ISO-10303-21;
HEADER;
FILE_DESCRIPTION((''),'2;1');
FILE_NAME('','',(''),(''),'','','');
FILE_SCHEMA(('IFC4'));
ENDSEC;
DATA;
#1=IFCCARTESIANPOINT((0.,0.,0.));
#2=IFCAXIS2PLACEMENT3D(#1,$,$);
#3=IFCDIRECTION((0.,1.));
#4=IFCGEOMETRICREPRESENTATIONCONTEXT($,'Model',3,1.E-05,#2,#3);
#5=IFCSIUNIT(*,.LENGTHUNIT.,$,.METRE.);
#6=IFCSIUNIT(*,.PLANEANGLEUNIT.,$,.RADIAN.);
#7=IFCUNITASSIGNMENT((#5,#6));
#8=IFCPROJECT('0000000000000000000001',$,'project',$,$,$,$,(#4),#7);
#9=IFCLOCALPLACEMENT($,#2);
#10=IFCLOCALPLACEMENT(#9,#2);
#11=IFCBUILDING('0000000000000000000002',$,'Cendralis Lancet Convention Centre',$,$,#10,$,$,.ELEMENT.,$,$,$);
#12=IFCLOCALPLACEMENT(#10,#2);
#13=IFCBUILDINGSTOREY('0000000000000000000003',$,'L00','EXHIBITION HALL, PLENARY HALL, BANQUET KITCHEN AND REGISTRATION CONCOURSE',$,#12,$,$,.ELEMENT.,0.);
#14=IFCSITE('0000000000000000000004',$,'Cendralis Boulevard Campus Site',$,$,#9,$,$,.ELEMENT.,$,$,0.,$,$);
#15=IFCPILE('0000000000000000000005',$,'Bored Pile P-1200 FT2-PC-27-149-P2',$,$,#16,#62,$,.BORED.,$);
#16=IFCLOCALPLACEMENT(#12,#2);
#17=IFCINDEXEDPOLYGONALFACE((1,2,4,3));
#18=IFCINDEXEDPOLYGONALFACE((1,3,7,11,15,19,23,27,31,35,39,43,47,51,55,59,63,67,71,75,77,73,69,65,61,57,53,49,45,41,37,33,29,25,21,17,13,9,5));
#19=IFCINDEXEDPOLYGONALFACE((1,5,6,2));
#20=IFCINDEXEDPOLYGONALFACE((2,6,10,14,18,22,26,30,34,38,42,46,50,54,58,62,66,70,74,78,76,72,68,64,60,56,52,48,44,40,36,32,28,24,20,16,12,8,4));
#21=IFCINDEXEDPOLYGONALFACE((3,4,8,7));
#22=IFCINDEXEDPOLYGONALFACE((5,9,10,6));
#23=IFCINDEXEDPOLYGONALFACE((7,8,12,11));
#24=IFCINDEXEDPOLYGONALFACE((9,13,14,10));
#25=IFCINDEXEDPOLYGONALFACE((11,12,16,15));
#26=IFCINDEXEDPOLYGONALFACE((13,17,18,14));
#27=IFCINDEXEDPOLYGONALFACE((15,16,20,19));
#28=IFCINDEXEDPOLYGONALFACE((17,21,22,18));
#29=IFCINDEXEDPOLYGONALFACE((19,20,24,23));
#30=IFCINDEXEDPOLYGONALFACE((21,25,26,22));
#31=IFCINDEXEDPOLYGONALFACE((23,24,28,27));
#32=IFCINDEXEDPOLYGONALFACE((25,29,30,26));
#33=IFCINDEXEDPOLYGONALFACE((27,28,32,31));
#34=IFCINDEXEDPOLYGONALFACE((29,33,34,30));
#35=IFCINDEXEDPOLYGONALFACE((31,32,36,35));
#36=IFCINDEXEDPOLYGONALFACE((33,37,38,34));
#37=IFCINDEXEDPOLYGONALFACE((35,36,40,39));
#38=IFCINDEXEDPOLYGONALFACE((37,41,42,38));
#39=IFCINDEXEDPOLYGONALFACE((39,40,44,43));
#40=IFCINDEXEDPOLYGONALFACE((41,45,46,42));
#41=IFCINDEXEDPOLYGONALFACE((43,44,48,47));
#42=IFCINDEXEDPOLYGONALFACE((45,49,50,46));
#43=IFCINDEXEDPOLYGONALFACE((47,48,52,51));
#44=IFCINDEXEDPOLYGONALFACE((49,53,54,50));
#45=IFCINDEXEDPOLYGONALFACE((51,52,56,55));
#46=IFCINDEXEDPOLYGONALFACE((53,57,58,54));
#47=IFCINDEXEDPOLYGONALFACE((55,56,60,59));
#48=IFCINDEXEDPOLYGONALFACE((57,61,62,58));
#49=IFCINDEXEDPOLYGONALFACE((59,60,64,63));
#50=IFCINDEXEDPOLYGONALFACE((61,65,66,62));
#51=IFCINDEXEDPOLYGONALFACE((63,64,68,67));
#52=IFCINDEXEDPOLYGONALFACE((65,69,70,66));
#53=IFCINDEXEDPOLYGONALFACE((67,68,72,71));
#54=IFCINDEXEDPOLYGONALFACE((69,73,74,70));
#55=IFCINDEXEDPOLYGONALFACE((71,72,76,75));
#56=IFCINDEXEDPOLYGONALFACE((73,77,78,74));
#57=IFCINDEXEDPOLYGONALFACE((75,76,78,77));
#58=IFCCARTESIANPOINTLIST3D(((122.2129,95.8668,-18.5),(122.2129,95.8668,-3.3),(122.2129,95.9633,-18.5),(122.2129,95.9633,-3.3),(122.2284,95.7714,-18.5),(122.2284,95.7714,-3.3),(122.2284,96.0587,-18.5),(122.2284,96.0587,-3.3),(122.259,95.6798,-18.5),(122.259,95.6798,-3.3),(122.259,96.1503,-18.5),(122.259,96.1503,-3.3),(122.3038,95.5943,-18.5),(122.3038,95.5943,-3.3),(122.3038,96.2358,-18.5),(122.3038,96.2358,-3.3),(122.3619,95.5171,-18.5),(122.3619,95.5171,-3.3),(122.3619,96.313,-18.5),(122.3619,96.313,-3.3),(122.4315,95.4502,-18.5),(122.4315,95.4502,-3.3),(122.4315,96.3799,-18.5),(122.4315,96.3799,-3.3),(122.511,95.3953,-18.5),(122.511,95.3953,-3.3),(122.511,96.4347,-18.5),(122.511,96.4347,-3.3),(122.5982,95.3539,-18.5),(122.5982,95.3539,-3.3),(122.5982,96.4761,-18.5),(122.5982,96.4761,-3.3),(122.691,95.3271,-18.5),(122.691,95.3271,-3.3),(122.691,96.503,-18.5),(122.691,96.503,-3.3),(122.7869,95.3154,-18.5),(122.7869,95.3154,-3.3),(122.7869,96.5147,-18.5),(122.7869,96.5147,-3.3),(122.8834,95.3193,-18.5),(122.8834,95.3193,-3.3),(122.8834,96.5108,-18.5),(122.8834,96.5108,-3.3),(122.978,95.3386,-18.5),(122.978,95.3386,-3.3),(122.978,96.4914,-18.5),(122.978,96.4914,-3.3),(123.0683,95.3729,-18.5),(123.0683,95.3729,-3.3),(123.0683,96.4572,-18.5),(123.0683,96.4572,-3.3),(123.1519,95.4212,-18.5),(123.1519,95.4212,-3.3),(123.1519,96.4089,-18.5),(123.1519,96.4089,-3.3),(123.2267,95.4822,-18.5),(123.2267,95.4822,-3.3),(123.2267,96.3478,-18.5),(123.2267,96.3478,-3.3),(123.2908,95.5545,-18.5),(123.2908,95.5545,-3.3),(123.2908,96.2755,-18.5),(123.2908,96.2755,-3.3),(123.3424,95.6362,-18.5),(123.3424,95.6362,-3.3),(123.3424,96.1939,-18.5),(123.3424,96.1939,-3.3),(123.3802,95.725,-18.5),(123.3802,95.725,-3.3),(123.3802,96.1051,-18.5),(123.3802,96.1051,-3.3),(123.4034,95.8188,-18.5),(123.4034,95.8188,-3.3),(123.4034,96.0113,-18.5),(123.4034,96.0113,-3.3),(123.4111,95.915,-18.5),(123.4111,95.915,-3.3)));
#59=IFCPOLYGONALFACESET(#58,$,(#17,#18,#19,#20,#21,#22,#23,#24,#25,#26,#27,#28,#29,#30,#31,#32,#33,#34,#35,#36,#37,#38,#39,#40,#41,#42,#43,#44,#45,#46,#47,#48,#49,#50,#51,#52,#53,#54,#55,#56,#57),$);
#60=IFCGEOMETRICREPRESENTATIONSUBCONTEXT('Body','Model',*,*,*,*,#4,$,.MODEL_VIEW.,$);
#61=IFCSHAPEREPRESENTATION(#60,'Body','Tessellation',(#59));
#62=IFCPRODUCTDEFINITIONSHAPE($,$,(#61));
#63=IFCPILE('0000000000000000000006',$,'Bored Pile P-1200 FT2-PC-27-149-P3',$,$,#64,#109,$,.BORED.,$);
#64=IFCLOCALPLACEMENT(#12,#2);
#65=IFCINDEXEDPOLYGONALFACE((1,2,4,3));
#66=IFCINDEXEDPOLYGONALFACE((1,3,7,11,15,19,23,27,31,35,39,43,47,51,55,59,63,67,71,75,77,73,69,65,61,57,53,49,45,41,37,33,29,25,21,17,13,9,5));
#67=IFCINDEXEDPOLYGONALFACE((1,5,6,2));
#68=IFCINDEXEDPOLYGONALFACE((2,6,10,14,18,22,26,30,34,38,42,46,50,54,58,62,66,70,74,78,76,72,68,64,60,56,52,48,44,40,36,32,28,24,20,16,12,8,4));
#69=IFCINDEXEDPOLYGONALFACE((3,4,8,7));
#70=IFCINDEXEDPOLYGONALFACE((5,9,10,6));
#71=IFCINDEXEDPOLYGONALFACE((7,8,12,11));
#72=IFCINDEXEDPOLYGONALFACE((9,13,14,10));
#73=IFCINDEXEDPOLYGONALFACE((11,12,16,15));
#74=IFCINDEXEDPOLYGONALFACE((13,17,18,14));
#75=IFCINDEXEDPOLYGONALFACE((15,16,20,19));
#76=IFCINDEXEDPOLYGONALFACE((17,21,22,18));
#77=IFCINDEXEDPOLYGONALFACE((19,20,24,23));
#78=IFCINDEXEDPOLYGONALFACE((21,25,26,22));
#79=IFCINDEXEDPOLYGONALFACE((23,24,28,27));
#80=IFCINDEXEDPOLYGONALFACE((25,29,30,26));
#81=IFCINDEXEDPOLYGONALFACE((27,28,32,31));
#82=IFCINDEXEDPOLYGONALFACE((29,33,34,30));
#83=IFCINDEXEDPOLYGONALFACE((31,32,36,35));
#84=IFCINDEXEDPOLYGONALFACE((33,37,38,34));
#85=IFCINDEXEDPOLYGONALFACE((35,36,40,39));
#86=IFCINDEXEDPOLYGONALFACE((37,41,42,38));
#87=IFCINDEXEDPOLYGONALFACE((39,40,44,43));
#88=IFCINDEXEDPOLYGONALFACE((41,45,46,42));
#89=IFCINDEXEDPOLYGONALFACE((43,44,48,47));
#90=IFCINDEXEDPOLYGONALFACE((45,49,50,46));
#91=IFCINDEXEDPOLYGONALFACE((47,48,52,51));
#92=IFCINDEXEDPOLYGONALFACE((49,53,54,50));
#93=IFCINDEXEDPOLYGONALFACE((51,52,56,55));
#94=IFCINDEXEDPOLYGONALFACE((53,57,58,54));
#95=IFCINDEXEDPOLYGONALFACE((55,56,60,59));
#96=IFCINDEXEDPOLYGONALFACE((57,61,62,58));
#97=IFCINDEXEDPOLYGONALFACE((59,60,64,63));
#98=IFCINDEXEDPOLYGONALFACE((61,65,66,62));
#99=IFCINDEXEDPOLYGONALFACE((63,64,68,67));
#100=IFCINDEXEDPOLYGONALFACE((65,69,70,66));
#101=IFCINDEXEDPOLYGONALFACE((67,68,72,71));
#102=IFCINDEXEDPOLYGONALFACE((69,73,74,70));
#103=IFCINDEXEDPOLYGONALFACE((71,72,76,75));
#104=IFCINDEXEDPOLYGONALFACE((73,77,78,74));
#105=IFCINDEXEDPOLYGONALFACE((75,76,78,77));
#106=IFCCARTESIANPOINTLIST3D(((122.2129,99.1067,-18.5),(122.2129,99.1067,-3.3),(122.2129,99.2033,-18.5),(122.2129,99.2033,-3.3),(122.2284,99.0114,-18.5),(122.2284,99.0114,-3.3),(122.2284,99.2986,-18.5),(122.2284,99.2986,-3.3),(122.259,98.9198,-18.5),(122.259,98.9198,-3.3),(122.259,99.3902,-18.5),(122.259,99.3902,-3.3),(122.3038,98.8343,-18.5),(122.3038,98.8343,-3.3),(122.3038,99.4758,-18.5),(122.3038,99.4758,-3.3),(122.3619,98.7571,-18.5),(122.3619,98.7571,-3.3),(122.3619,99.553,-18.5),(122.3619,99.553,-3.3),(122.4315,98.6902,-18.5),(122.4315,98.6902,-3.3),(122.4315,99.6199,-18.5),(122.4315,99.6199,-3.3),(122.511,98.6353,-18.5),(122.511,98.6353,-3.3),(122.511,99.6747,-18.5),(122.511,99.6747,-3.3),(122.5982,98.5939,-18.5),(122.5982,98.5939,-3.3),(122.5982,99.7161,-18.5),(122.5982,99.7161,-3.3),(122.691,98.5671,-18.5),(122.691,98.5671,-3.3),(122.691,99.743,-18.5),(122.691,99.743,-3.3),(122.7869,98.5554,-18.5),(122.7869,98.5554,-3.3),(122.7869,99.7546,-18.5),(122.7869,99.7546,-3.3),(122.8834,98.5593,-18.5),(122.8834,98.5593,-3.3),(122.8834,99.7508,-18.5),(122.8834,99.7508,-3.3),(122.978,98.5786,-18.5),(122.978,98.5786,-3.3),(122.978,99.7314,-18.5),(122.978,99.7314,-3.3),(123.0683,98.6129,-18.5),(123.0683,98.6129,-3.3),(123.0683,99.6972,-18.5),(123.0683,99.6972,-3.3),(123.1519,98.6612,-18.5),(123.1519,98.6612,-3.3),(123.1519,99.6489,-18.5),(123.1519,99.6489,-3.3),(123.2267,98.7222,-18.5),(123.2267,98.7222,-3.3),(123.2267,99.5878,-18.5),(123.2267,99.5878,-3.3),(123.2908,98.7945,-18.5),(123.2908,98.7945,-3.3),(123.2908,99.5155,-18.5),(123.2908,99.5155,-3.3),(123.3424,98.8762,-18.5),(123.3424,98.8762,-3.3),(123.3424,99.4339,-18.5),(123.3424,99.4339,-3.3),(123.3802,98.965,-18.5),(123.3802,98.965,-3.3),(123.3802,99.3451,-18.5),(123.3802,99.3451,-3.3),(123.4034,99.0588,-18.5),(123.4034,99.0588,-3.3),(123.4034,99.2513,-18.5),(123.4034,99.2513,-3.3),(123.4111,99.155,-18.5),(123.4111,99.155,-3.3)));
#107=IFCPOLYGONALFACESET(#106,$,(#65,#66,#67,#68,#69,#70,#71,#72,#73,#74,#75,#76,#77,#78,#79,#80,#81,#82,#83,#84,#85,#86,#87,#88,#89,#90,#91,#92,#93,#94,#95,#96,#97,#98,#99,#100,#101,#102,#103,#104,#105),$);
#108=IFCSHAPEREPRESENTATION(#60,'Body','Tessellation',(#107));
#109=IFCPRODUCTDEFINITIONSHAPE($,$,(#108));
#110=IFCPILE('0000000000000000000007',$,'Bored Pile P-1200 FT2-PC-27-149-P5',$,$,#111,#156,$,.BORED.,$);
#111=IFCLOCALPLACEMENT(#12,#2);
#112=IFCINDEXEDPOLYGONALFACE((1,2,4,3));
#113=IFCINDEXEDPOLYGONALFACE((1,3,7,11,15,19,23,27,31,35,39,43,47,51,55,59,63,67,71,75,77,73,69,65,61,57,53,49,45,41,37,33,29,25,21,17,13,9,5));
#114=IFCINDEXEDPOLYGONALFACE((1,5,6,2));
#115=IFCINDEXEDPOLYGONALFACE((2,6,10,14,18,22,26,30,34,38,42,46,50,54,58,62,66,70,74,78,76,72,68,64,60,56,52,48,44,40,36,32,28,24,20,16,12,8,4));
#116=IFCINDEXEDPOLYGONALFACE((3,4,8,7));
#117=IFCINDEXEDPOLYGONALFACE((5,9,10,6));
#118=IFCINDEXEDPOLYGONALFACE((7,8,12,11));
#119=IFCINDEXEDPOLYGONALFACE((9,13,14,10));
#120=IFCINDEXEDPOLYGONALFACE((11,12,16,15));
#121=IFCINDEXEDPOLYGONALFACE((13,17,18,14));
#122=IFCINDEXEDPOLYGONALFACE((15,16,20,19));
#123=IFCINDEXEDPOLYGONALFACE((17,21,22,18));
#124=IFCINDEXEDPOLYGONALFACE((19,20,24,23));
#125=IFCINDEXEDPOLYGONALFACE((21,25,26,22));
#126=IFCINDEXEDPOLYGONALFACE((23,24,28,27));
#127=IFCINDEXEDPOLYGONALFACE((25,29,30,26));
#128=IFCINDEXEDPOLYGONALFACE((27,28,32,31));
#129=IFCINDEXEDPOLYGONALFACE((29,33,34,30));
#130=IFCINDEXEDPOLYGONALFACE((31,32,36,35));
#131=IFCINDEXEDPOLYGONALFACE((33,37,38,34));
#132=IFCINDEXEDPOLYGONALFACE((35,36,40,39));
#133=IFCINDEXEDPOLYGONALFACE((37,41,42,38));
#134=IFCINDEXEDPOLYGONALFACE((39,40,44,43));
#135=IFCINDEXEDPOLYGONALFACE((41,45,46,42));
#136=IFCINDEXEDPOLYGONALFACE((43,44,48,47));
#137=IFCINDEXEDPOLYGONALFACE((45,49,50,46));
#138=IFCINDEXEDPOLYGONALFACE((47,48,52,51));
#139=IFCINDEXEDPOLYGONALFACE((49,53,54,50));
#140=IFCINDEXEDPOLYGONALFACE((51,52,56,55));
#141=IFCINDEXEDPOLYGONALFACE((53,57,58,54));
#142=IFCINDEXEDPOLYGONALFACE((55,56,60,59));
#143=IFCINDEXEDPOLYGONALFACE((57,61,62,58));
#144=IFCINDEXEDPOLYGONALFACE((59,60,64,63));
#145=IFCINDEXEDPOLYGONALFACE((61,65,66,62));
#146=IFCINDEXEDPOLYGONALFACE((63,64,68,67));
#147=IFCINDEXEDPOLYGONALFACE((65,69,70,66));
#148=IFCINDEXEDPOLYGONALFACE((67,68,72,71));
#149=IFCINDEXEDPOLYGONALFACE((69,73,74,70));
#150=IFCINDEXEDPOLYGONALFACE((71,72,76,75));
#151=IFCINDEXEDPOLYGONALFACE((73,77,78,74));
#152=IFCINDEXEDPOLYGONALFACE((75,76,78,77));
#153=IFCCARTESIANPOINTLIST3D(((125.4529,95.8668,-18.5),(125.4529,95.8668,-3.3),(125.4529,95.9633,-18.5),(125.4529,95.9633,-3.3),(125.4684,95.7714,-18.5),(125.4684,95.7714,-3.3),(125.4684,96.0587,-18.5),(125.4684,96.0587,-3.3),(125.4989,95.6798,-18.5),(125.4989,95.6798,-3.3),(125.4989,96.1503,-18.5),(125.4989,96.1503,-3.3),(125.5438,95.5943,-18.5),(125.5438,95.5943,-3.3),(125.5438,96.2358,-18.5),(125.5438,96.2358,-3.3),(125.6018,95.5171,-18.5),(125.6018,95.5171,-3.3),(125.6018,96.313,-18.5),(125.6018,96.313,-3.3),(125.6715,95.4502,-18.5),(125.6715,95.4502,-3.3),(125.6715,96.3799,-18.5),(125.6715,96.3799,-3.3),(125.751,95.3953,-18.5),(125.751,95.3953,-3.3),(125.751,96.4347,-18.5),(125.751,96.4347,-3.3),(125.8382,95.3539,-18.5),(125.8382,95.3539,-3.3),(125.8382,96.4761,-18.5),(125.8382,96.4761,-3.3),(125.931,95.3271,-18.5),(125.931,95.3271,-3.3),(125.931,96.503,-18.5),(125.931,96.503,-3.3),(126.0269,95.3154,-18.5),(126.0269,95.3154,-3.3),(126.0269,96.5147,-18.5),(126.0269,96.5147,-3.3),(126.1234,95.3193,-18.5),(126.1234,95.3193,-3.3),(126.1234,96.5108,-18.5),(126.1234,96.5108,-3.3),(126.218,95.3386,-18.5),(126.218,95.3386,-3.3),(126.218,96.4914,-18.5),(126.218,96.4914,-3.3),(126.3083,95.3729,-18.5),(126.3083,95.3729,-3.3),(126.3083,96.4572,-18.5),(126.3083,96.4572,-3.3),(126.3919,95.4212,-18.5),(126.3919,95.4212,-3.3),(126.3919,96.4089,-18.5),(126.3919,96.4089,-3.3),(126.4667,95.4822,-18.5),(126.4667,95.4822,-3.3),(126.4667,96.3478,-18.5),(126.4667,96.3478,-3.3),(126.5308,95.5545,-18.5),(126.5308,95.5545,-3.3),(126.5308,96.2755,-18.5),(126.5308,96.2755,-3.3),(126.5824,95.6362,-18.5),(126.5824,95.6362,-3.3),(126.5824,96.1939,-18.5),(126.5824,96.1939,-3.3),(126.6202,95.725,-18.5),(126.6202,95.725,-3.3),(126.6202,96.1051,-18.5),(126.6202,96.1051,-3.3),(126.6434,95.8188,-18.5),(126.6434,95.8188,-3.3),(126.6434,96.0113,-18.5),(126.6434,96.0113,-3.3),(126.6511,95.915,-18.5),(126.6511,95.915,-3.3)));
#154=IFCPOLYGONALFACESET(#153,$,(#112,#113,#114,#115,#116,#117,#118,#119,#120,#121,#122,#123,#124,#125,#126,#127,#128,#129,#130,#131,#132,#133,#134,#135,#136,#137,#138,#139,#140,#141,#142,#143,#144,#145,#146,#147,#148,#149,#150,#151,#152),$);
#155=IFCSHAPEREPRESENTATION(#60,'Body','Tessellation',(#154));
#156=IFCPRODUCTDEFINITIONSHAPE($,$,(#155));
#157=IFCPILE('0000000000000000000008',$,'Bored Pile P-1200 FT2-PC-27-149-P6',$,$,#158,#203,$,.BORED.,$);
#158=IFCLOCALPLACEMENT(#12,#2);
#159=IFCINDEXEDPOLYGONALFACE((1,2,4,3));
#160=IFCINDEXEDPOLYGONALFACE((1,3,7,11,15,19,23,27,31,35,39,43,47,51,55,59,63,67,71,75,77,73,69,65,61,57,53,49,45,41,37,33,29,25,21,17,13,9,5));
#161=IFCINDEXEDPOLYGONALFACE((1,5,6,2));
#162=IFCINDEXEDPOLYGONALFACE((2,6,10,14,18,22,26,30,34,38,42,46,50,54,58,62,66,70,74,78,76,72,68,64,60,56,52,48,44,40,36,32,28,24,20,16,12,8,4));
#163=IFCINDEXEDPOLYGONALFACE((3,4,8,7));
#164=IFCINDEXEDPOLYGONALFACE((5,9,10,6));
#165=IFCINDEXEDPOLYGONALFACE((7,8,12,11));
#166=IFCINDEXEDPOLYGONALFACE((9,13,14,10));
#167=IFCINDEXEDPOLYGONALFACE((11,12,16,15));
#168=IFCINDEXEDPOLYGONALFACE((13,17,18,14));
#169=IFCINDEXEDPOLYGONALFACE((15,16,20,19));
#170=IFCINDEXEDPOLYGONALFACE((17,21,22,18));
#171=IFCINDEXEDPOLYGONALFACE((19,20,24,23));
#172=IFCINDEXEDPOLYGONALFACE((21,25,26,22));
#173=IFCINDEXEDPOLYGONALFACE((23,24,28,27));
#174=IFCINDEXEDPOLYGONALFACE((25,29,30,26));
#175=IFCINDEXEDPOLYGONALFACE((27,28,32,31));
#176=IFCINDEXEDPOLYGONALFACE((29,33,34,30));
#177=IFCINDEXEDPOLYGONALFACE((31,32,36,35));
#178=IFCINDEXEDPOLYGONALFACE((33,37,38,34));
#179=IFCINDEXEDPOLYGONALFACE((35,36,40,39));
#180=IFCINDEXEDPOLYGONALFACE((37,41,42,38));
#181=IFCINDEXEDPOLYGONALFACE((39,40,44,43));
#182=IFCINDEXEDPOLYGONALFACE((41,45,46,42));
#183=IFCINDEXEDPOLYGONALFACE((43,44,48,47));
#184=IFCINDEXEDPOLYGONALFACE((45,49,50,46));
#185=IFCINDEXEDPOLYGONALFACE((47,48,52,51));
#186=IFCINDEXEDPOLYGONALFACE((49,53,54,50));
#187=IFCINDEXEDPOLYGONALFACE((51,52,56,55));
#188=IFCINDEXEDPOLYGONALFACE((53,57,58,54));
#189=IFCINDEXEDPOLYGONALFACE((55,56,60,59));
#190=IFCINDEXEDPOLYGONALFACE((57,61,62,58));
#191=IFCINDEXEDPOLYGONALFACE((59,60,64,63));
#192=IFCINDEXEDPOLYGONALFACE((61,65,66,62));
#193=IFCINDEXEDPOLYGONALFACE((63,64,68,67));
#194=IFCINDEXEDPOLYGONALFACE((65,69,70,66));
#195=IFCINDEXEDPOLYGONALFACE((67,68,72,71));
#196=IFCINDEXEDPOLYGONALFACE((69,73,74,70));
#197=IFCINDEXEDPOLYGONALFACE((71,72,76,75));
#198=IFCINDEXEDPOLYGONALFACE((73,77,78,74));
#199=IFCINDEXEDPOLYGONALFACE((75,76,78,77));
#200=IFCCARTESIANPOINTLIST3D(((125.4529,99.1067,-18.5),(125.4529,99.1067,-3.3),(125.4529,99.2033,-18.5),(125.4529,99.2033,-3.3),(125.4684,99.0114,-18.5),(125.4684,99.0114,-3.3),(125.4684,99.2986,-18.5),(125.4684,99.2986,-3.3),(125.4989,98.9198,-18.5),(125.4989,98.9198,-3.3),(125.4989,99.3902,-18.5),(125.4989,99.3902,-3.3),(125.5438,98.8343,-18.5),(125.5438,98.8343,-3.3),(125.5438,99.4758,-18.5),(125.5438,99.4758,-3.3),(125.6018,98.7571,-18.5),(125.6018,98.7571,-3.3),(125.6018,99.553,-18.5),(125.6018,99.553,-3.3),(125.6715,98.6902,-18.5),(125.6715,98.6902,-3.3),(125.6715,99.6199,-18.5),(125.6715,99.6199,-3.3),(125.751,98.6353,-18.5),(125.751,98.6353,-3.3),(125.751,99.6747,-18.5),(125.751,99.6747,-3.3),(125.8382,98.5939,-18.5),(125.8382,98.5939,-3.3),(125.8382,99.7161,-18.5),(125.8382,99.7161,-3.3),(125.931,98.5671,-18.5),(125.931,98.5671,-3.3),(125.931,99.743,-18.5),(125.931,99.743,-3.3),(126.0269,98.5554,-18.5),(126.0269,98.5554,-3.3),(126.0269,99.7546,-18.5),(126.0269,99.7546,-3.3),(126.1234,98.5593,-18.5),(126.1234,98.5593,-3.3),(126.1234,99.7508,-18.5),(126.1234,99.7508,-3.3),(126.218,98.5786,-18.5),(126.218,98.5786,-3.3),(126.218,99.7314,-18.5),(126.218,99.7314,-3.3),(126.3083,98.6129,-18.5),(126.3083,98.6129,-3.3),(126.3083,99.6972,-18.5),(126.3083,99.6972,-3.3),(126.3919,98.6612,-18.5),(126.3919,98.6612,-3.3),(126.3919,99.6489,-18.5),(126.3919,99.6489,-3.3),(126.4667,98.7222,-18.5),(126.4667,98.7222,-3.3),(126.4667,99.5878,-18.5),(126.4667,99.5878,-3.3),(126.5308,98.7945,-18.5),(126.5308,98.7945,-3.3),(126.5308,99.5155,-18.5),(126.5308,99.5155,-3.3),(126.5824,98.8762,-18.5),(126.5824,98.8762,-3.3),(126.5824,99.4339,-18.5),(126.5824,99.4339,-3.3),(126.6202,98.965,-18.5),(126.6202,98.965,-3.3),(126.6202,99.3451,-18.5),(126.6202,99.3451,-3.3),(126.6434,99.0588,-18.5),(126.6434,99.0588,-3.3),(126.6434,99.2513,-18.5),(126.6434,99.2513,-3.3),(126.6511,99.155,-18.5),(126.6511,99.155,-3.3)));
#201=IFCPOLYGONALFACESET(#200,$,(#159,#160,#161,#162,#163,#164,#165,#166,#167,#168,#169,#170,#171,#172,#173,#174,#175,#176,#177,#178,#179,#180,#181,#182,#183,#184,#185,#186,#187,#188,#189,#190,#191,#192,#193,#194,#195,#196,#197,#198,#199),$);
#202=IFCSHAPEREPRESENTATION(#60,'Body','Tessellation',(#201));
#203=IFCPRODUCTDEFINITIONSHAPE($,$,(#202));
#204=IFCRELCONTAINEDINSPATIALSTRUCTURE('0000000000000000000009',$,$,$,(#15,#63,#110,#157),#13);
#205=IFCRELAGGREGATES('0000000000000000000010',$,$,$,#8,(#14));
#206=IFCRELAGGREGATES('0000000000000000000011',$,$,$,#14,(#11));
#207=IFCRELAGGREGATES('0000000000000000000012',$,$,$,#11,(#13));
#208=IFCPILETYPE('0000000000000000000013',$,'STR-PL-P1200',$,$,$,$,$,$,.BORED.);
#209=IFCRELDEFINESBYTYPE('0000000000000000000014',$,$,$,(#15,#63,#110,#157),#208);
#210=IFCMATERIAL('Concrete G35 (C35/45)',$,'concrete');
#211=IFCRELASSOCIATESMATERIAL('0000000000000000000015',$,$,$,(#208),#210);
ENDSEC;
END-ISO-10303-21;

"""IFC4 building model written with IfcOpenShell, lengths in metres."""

from ifc_helpers import new_model, si_unit, direction, frame, origin, origin_2d, place, context, subcontext, project, spatial, circle, extrude, material, material_profile, profile_set, type_object, element, save


model = new_model("IFC4")

# Units and contexts
model_context = context("Model", 3, precision=1e-05, world=origin(), true_north=direction((0.0, 1.0)))
body_context = subcontext(model_context, "Body", "Model", "MODEL_VIEW")
ifc_project = project(units=[si_unit("LENGTHUNIT", "METRE"), si_unit("PLANEANGLEUNIT", "RADIAN")], contexts=[model_context])

# Site, building, storey
site_placement = place(None, origin())
site = spatial("IfcSite", under=ifc_project, at=site_placement, Name="Cendralis Boulevard Campus Site", CompositionType="ELEMENT", RefElevation=0.0)
building_placement = place(site_placement, origin())
building = spatial("IfcBuilding", under=site, at=building_placement, Name="Cendralis Lancet Convention Centre", CompositionType="ELEMENT")
storey_placement = place(building_placement, origin())
storey = spatial("IfcBuildingStorey", under=building, at=storey_placement, Name="L00", Description="EXHIBITION HALL, PLENARY HALL, BANQUET KITCHEN AND REGISTRATION CONCOURSE", CompositionType="ELEMENT", Elevation=0.0)

# Piles
ifc_material_1 = material(Name="Concrete G35 (C35/45)", Category="concrete")
ifc_material_profile_1 = material_profile(ifc_material_1, circle(Radius=0.6001, at=origin_2d()), Name="BORED PILE D1200")
ifc_profile_set_1 = profile_set([ifc_material_profile_1], Name="Concrete G35 (C35/45)")
pile_type = type_object("IfcPileType", Name="STR-PL-P1200", PredefinedType="BORED", material=ifc_profile_set_1)
for number, where, z_axis, x_axis, name in (
    (1, (122.811, 95.915, -3.3), (0.0, 0.0, -1.0), (1.0, 0.0, 0.0), "Bored Pile P-1200 FT2-PC-27-149-P2"),
    (2, (122.811, 99.155, -3.3), (0.0, 0.0, -1.0), (1.0, 0.0, 0.0), "Bored Pile P-1200 FT2-PC-27-149-P3"),
    (3, (126.051, 95.915, -3.3), (0.0, 0.0, -1.0), (1.0, 0.0, 0.0), "Bored Pile P-1200 FT2-PC-27-149-P5"),
    (4, (126.051, 99.155, -3.3), (0.0, 0.0, -1.0), (1.0, 0.0, 0.0), "Bored Pile P-1200 FT2-PC-27-149-P6"),
):
    element("IfcPile", number, at=place(storey_placement, frame(where, z_axis=z_axis, x_axis=x_axis)), inside=storey, type_object=pile_type, Name=name, PredefinedType="BORED", context=body_context, shape_type="SweptSolid", body=[
        extrude(circle(Radius=0.6001, at=origin_2d()), origin(), (0.0, 0.0, 1.0), 15.2),
    ])

save(model, "model.ifc")
